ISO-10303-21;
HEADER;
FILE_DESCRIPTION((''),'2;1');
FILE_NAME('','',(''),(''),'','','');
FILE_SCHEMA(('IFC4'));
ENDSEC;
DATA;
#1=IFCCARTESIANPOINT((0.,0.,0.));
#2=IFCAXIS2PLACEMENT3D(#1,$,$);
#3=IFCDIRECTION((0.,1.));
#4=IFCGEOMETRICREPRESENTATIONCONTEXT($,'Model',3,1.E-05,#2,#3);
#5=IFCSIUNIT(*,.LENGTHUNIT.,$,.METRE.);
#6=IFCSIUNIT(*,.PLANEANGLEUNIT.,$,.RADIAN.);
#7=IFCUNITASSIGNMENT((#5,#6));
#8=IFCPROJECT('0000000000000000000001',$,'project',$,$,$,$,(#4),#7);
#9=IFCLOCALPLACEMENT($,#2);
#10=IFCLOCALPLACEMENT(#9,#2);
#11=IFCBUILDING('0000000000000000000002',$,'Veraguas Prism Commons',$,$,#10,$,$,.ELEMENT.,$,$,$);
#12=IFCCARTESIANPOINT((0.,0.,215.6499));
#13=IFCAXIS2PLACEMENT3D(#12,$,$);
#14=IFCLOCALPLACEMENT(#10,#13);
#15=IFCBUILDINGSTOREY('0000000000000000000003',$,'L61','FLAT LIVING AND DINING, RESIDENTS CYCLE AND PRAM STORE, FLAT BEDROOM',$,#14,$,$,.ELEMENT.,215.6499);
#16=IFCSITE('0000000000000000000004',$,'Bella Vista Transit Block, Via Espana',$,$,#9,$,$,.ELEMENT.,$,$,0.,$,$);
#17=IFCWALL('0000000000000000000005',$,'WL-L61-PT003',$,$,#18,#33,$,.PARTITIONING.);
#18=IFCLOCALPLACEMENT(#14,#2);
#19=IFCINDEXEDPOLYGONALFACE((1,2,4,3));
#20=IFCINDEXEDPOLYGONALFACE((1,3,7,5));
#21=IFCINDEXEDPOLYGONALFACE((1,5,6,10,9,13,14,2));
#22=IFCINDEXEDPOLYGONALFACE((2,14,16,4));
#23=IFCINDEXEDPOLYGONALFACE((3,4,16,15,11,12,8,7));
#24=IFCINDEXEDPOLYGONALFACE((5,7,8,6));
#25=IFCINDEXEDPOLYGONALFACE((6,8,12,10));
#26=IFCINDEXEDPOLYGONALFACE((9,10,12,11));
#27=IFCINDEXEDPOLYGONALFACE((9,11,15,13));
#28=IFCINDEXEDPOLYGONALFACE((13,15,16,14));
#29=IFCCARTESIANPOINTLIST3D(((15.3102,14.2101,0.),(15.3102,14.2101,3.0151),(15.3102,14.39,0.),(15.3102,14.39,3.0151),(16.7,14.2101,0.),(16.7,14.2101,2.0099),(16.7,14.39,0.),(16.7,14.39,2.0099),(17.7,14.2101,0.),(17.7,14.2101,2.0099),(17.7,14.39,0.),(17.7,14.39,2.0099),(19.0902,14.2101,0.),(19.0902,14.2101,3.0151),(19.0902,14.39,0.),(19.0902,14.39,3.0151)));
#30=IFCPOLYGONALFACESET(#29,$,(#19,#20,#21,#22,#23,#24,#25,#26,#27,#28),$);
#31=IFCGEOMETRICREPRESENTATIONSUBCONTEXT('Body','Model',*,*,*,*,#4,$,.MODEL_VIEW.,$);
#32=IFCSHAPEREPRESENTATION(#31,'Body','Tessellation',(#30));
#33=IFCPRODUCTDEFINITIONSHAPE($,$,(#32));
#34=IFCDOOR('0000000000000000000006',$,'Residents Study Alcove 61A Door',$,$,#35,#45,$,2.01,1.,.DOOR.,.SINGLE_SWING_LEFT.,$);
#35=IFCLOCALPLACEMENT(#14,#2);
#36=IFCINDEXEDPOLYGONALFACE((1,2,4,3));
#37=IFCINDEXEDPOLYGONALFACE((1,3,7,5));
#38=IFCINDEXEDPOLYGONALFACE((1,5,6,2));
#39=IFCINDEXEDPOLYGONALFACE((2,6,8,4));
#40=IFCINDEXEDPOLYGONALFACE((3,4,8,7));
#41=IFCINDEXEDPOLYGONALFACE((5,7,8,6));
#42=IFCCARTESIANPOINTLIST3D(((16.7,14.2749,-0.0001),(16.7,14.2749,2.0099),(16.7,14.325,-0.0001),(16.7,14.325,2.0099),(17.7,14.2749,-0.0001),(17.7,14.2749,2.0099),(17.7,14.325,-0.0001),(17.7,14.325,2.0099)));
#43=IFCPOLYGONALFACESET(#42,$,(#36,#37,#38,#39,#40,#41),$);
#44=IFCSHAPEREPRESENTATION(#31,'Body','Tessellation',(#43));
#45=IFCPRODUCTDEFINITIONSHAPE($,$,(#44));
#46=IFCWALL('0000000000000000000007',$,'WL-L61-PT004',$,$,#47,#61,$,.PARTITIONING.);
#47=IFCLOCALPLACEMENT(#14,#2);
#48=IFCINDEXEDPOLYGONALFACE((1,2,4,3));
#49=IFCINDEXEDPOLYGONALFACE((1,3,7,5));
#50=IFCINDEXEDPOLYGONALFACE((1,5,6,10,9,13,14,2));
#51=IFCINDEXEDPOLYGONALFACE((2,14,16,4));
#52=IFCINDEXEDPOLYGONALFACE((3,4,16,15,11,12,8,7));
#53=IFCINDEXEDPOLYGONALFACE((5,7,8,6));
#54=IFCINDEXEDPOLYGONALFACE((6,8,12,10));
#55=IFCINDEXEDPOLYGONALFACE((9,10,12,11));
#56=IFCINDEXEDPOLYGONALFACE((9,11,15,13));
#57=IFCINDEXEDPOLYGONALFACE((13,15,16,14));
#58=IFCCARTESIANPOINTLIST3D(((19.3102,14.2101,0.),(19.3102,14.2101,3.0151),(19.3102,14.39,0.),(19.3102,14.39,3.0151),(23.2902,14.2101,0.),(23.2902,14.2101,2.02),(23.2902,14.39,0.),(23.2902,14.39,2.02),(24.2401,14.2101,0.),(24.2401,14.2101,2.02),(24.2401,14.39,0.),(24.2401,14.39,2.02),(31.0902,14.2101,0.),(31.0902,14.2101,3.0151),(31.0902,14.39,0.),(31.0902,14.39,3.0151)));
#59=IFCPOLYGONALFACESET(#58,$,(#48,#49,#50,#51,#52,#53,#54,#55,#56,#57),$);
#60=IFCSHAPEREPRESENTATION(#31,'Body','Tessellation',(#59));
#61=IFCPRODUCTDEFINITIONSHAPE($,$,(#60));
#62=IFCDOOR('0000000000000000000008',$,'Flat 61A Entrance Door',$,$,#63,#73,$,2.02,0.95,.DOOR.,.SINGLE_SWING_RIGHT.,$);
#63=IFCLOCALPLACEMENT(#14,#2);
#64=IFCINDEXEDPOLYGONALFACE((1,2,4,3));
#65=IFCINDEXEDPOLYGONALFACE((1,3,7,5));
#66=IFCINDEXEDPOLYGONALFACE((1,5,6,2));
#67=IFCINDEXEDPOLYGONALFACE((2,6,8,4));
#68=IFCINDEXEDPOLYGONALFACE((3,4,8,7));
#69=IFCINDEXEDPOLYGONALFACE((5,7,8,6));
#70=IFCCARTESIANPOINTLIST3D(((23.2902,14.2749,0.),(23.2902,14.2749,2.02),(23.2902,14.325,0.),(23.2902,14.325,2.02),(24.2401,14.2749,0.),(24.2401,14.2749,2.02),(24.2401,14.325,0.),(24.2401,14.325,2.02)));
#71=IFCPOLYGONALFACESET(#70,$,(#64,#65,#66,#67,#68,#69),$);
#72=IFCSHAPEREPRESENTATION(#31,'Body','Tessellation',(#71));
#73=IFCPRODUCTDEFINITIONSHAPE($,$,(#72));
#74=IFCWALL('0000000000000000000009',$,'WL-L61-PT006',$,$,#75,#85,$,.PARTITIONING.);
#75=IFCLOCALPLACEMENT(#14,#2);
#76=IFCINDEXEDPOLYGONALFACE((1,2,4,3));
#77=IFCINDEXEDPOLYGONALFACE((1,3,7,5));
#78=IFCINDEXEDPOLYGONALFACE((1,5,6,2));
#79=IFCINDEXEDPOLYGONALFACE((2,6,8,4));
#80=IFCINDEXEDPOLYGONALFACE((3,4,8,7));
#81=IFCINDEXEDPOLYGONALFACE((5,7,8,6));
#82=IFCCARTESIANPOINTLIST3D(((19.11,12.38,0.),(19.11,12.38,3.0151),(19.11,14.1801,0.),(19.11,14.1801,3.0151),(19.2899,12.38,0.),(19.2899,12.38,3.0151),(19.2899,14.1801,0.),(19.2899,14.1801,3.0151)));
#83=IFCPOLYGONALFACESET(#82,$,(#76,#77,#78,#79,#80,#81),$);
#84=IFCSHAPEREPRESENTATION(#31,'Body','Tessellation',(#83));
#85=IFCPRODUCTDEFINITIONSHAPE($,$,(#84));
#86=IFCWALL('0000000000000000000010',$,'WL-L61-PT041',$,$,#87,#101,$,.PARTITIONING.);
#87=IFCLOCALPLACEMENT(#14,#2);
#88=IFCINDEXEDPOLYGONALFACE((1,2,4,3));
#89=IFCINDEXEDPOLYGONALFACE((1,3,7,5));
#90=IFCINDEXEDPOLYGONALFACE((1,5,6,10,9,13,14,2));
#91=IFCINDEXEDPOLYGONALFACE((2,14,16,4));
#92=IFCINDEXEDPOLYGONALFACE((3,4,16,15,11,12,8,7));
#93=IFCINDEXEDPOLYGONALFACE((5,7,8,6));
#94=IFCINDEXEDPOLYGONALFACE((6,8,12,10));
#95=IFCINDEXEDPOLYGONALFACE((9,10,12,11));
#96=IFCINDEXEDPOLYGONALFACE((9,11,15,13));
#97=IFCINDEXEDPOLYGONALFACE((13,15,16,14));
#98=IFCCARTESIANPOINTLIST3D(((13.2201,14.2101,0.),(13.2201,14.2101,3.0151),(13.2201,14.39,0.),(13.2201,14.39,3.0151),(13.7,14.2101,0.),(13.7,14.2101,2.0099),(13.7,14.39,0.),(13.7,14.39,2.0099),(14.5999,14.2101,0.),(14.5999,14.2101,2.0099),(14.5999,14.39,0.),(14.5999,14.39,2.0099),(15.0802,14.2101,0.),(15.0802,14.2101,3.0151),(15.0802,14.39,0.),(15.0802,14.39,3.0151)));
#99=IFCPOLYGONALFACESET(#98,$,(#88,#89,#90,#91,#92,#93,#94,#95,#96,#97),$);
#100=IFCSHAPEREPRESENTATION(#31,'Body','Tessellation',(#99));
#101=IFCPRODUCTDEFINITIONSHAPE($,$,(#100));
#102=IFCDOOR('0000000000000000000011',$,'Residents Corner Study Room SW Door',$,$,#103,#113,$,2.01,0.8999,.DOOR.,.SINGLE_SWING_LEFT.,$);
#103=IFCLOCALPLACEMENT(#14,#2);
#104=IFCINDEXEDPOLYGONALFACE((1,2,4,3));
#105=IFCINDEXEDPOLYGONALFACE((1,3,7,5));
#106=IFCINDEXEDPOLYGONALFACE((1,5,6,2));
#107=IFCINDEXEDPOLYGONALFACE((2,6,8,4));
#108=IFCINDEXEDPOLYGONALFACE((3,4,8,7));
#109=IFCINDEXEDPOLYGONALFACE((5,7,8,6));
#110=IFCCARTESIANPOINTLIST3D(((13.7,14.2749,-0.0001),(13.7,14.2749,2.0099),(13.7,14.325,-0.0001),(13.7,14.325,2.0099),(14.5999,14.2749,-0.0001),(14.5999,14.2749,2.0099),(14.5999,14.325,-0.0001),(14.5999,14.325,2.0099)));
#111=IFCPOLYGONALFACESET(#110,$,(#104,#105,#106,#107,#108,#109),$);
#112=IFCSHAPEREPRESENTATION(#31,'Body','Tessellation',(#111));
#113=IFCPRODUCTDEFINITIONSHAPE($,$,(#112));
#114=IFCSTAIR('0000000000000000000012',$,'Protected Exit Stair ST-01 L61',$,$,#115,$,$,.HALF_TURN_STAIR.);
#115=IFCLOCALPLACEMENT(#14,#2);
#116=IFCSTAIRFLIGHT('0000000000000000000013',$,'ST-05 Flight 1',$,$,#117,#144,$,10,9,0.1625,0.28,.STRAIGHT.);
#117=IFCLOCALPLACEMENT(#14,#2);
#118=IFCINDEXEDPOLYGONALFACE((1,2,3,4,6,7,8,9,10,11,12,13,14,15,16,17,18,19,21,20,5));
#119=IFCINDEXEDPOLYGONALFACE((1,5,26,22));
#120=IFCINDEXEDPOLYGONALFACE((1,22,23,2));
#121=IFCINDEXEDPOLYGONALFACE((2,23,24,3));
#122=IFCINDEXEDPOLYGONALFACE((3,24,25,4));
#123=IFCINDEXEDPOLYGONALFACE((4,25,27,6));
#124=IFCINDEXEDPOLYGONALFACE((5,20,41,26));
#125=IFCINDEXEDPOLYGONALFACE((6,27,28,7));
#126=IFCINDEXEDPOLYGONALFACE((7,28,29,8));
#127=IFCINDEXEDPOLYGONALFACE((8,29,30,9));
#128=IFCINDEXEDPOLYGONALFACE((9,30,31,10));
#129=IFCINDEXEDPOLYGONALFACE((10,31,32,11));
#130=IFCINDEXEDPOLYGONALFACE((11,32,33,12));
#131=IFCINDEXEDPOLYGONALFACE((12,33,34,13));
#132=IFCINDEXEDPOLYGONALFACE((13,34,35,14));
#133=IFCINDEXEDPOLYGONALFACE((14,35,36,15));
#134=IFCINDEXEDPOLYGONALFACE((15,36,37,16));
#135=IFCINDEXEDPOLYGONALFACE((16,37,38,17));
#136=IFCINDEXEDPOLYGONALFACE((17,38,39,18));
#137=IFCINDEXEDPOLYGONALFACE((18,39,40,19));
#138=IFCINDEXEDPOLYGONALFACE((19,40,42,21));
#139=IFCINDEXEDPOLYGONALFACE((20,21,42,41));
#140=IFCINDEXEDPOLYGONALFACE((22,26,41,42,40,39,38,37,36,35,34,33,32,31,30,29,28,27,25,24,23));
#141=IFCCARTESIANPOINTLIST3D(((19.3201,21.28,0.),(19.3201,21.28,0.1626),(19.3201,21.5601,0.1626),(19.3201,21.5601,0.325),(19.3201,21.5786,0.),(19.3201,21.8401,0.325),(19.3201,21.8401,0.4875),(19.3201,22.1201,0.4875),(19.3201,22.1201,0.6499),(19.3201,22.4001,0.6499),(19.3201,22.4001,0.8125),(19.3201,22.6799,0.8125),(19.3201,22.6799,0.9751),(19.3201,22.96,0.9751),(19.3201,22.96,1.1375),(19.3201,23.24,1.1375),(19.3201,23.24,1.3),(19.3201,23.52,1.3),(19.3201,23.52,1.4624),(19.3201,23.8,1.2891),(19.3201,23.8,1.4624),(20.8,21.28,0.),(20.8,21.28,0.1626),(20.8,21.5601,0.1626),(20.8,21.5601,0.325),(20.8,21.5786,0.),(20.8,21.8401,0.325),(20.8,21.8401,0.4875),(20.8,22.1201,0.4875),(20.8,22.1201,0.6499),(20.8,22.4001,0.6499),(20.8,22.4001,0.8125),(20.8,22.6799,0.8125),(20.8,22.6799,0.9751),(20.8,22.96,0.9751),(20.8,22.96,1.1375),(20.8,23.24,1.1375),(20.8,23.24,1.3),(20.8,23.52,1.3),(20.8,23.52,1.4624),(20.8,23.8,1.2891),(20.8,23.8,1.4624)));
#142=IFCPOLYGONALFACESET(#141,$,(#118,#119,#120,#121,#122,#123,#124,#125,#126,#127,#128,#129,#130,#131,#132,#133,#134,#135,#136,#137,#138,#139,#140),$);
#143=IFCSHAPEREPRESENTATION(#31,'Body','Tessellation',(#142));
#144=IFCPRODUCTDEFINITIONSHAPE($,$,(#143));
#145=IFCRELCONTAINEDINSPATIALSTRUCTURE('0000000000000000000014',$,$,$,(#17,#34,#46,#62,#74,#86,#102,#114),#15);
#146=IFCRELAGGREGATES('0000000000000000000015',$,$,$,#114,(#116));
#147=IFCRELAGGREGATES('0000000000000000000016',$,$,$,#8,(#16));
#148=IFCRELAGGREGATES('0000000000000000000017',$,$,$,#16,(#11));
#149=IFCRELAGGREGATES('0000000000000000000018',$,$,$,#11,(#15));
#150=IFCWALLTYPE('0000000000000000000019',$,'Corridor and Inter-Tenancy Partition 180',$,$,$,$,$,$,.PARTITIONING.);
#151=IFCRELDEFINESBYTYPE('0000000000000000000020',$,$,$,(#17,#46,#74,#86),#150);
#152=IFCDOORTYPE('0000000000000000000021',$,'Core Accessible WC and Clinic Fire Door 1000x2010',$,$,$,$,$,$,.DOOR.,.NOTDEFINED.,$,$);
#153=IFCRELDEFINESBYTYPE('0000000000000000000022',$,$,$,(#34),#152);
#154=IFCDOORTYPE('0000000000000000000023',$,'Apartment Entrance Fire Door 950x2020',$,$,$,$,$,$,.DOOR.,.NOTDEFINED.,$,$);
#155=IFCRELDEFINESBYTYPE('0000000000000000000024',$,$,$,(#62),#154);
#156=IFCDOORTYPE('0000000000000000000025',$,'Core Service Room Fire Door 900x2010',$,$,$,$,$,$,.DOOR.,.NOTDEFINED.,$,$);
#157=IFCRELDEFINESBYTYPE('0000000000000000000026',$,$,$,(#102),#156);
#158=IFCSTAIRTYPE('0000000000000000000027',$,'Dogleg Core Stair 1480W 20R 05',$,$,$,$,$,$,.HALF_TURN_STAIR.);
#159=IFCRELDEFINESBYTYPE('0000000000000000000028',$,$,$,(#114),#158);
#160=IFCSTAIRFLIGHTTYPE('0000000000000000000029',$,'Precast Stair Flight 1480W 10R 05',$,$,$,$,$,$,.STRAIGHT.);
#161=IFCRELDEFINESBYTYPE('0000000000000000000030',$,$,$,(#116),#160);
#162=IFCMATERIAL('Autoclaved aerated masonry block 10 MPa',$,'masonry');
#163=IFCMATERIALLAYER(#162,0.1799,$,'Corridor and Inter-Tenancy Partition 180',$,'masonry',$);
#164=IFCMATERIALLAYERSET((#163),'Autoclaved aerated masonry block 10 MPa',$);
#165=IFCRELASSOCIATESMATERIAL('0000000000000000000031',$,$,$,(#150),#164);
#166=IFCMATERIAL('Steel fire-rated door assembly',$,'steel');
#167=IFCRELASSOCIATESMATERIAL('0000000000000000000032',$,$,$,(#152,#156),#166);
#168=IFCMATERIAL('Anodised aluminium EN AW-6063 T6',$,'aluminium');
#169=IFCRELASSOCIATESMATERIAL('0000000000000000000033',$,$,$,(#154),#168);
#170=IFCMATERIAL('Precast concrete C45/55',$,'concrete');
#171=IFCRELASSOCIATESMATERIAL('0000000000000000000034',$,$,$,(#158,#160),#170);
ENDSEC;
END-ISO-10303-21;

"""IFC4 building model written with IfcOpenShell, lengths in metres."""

from ifc_helpers import new_model, si_unit, direction, frame, frame_2d, origin, place, context, subcontext, project, spatial, polyline, rectangle, outline, extrude, source, transform, mapped, material, layer, layer_set, type_object, element, fill, aggregate, save


model = new_model("IFC4")

# Units and contexts
model_context = context("Model", 3, precision=1e-05, world=origin(), true_north=direction((0.0, 1.0)))
body_context = subcontext(model_context, "Body", "Model", "MODEL_VIEW")
ifc_project = project(units=[si_unit("LENGTHUNIT", "METRE"), si_unit("PLANEANGLEUNIT", "RADIAN")], contexts=[model_context])

# Site, building, storey
site_placement = place(None, origin())
site = spatial("IfcSite", under=ifc_project, at=site_placement, Name="Bella Vista Transit Block, Via Espana", CompositionType="ELEMENT", RefElevation=0.0)
building_placement = place(site_placement, origin())
building = spatial("IfcBuilding", under=site, at=building_placement, Name="Veraguas Prism Commons", CompositionType="ELEMENT")
storey_placement = place(building_placement, frame((0.0, 0.0, 215.6499)))
storey = spatial("IfcBuildingStorey", under=building, at=storey_placement, Name="L61", Description="FLAT LIVING AND DINING, RESIDENTS CYCLE AND PRAM STORE, FLAT BEDROOM", CompositionType="ELEMENT", Elevation=215.6499)

# Shared definitions
ifc_material_1 = material(Name="Steel fire-rated door assembly", Category="steel")

# Shared definitions
ifc_material_2 = material(Name="Autoclaved aerated masonry block 10 MPa", Category="masonry")
ifc_layer_1 = layer(ifc_material_2, 0.1799, Name="Corridor and Inter-Tenancy Partition 180", Category="masonry")
ifc_layer_set_1 = layer_set([ifc_layer_1], Name="Autoclaved aerated masonry block 10 MPa")
wall_type_1 = type_object("IfcWallType", Name="Corridor and Inter-Tenancy Partition 180", PredefinedType="PARTITIONING", material=ifc_layer_set_1)

# Walls, openings, doors
wall_1_placement = place(storey_placement, frame((15.3101, 14.3, 0.0), z_axis=(0.0, 0.0, 1.0), x_axis=(1.0, 0.0, 0.0)))
wall_1 = element("IfcWall", 1, at=wall_1_placement, inside=storey, type_object=wall_type_1, Name="WL-L61-PT003", PredefinedType="PARTITIONING", context=body_context, shape_type="SweptSolid", body=[
    extrude(rectangle(XDim=3.78, YDim=0.1799, at=frame_2d((1.8901, 0.0))), origin(), (0.0, 0.0, 1.0), 3.0151),
])
opening_1_placement = place(wall_1_placement, frame((1.3899, 0.0, 0.0)))
opening_1 = element("IfcOpeningElement", 2, at=opening_1_placement, cuts=wall_1, PredefinedType="OPENING", context=body_context, shape_type="SweptSolid", body=[
    extrude(rectangle(XDim=1.0, YDim=2.01, at=frame_2d((0.5, 1.0049))), frame((0.0, 0.0999, 0.0), z_axis=(0.0, -1.0, 0.0), x_axis=(1.0, 0.0, 0.0)), (0.0, 0.0, 1.0), 0.2),
])
door_type_1 = type_object("IfcDoorType", Name="Core Accessible WC and Clinic Fire Door 1000x2010", OperationType="NOTDEFINED", PredefinedType="DOOR", material=ifc_material_1)
shared_shape_1 = source(origin(), body_context, "Body", "SweptSolid", [
    extrude(rectangle(XDim=1.0, YDim=2.01, at=frame_2d((0.5, 1.0049))), frame((0.0, 0.0249, 0.0), z_axis=(0.0, -1.0, 0.0), x_axis=(1.0, 0.0, 0.0)), (0.0, 0.0, 1.0), 0.05),
])
door_1_placement = place(opening_1_placement, origin())
door_1 = element("IfcDoor", 3, at=door_1_placement, inside=storey, type_object=door_type_1, Name="Residents Study Alcove 61A Door", OperationType="SINGLE_SWING_LEFT", OverallHeight=2.01, OverallWidth=1.0, PredefinedType="DOOR", context=body_context, shape_type="MappedRepresentation", body=[
    mapped(shared_shape_1, transform((0.0, 0.0, 0.0), scale=1.0)),
])
fill(opening_1, door_1)
wall_2_placement = place(storey_placement, frame((19.3101, 14.3, 0.0), z_axis=(0.0, 0.0, 1.0), x_axis=(1.0, 0.0, 0.0)))
wall_2 = element("IfcWall", 4, at=wall_2_placement, inside=storey, type_object=wall_type_1, Name="WL-L61-PT004", PredefinedType="PARTITIONING", context=body_context, shape_type="SweptSolid", body=[
    extrude(rectangle(XDim=11.78, YDim=0.1799, at=frame_2d((5.8901, 0.0))), origin(), (0.0, 0.0, 1.0), 3.0151),
])
opening_2_placement = place(wall_2_placement, frame((3.98, 0.0, 0.0)))
opening_2 = element("IfcOpeningElement", 5, at=opening_2_placement, cuts=wall_2, PredefinedType="OPENING", context=body_context, shape_type="SweptSolid", body=[
    extrude(rectangle(XDim=0.95, YDim=2.02, at=frame_2d((0.4751, 1.01))), frame((0.0, 0.0999, 0.0), z_axis=(0.0, -1.0, 0.0), x_axis=(1.0, 0.0, 0.0)), (0.0, 0.0, 1.0), 0.2),
])
ifc_material_3 = material(Name="Anodised aluminium EN AW-6063 T6", Category="aluminium")
door_type_2 = type_object("IfcDoorType", Name="Apartment Entrance Fire Door 950x2020", OperationType="NOTDEFINED", PredefinedType="DOOR", material=ifc_material_3)
shared_shape_2 = source(origin(), body_context, "Body", "SweptSolid", [
    extrude(rectangle(XDim=0.95, YDim=2.02, at=frame_2d((0.4751, 1.01))), frame((0.0, 0.0249, 0.0), z_axis=(0.0, -1.0, 0.0), x_axis=(1.0, 0.0, 0.0)), (0.0, 0.0, 1.0), 0.05),
])
door_2_placement = place(opening_2_placement, origin())
door_2 = element("IfcDoor", 6, at=door_2_placement, inside=storey, type_object=door_type_2, Name="Flat 61A Entrance Door", OperationType="SINGLE_SWING_RIGHT", OverallHeight=2.02, OverallWidth=0.95, PredefinedType="DOOR", context=body_context, shape_type="MappedRepresentation", body=[
    mapped(shared_shape_2, transform((0.0, 0.0, 0.0), scale=1.0)),
])
fill(opening_2, door_2)

# Wall
wall_3_placement = place(storey_placement, frame((19.2, 14.1799, 0.0), z_axis=(0.0, 0.0, 1.0), x_axis=(0.0, -1.0, 0.0)))
element("IfcWall", 7, at=wall_3_placement, inside=storey, type_object=wall_type_1, Name="WL-L61-PT006", PredefinedType="PARTITIONING", context=body_context, shape_type="SweptSolid", body=[
    extrude(rectangle(XDim=1.8, YDim=0.1799, at=frame_2d((0.8999, 0.0))), origin(), (0.0, 0.0, 1.0), 3.0151),
])

# Wall, opening, door
wall_4_placement = place(storey_placement, frame((13.22, 14.3, 0.0), z_axis=(0.0, 0.0, 1.0), x_axis=(1.0, 0.0, 0.0)))
wall_4 = element("IfcWall", 8, at=wall_4_placement, inside=storey, type_object=wall_type_1, Name="WL-L61-PT041", PredefinedType="PARTITIONING", context=body_context, shape_type="SweptSolid", body=[
    extrude(rectangle(XDim=1.8601, YDim=0.1799, at=frame_2d((0.9302, 0.0))), origin(), (0.0, 0.0, 1.0), 3.0151),
])
opening_3_placement = place(wall_4_placement, frame((0.48, 0.0, 0.0)))
opening_3 = element("IfcOpeningElement", 9, at=opening_3_placement, cuts=wall_4, PredefinedType="OPENING", context=body_context, shape_type="SweptSolid", body=[
    extrude(rectangle(XDim=0.8999, YDim=2.01, at=frame_2d((0.45, 1.0049))), frame((0.0, 0.0999, 0.0), z_axis=(0.0, -1.0, 0.0), x_axis=(1.0, 0.0, 0.0)), (0.0, 0.0, 1.0), 0.2),
])
door_type_3 = type_object("IfcDoorType", Name="Core Service Room Fire Door 900x2010", OperationType="NOTDEFINED", PredefinedType="DOOR", material=ifc_material_1)
shared_shape_3 = source(origin(), body_context, "Body", "SweptSolid", [
    extrude(rectangle(XDim=0.8999, YDim=2.01, at=frame_2d((0.45, 1.0049))), frame((0.0, 0.0249, 0.0), z_axis=(0.0, -1.0, 0.0), x_axis=(1.0, 0.0, 0.0)), (0.0, 0.0, 1.0), 0.05),
])
door_3_placement = place(opening_3_placement, origin())
door_3 = element("IfcDoor", 10, at=door_3_placement, inside=storey, type_object=door_type_3, Name="Residents Corner Study Room SW Door", OperationType="SINGLE_SWING_LEFT", OverallHeight=2.01, OverallWidth=0.8999, PredefinedType="DOOR", context=body_context, shape_type="MappedRepresentation", body=[
    mapped(shared_shape_3, transform((0.0, 0.0, 0.0), scale=1.0)),
])
fill(opening_3, door_3)

# Stair, stair flight
ifc_material_4 = material(Name="Precast concrete C45/55", Category="concrete")
stair_type = type_object("IfcStairType", Name="Dogleg Core Stair 1480W 20R 05", PredefinedType="HALF_TURN_STAIR", material=ifc_material_4)
stair_placement = place(storey_placement, origin())
stair = element("IfcStair", 11, at=stair_placement, inside=storey, type_object=stair_type, Name="Protected Exit Stair ST-01 L61", PredefinedType="HALF_TURN_STAIR")
stair_flight_type = type_object("IfcStairFlightType", Name="Precast Stair Flight 1480W 10R 05", PredefinedType="STRAIGHT", material=ifc_material_4)
stair_flight_placement = place(storey_placement, frame((20.0601, 21.28, 0.0), z_axis=(0.0, 0.0, 1.0), x_axis=(0.0, 1.0, 0.0)))
stair_flight = element("IfcStairFlight", 12, at=stair_flight_placement, type_object=stair_flight_type, Name="ST-05 Flight 1", NumberOfRisers=10, NumberOfTreads=9, PredefinedType="STRAIGHT", RiserHeight=0.1625, TreadLength=0.28, context=body_context, shape_type="SweptSolid", body=[
    extrude(outline(polyline([(0.0, 0.0), (0.0, 0.1626), (0.28, 0.1626), (0.28, 0.325), (0.5601, 0.325), (0.5601, 0.4875), (0.8401, 0.4875), (0.8401, 0.6499), (1.1201, 0.6499), (1.1201, 0.8125), (1.3999, 0.8125), (1.3999, 0.9751), (1.6799, 0.9751), (1.6799, 1.1375), (1.96, 1.1375), (1.96, 1.3), (2.24, 1.3), (2.24, 1.4624), (2.52, 1.4624), (2.52, 1.625), (2.52, 1.2891), (0.2986, 0.0), (0.0, 0.0)])), frame((0.0, 0.74, 0.0), z_axis=(0.0, -1.0, 0.0), x_axis=(1.0, 0.0, 0.0)), (0.0, 0.0, 1.0), 1.48),
])
aggregate(stair, [stair_flight])

save(model, "model.ifc")
